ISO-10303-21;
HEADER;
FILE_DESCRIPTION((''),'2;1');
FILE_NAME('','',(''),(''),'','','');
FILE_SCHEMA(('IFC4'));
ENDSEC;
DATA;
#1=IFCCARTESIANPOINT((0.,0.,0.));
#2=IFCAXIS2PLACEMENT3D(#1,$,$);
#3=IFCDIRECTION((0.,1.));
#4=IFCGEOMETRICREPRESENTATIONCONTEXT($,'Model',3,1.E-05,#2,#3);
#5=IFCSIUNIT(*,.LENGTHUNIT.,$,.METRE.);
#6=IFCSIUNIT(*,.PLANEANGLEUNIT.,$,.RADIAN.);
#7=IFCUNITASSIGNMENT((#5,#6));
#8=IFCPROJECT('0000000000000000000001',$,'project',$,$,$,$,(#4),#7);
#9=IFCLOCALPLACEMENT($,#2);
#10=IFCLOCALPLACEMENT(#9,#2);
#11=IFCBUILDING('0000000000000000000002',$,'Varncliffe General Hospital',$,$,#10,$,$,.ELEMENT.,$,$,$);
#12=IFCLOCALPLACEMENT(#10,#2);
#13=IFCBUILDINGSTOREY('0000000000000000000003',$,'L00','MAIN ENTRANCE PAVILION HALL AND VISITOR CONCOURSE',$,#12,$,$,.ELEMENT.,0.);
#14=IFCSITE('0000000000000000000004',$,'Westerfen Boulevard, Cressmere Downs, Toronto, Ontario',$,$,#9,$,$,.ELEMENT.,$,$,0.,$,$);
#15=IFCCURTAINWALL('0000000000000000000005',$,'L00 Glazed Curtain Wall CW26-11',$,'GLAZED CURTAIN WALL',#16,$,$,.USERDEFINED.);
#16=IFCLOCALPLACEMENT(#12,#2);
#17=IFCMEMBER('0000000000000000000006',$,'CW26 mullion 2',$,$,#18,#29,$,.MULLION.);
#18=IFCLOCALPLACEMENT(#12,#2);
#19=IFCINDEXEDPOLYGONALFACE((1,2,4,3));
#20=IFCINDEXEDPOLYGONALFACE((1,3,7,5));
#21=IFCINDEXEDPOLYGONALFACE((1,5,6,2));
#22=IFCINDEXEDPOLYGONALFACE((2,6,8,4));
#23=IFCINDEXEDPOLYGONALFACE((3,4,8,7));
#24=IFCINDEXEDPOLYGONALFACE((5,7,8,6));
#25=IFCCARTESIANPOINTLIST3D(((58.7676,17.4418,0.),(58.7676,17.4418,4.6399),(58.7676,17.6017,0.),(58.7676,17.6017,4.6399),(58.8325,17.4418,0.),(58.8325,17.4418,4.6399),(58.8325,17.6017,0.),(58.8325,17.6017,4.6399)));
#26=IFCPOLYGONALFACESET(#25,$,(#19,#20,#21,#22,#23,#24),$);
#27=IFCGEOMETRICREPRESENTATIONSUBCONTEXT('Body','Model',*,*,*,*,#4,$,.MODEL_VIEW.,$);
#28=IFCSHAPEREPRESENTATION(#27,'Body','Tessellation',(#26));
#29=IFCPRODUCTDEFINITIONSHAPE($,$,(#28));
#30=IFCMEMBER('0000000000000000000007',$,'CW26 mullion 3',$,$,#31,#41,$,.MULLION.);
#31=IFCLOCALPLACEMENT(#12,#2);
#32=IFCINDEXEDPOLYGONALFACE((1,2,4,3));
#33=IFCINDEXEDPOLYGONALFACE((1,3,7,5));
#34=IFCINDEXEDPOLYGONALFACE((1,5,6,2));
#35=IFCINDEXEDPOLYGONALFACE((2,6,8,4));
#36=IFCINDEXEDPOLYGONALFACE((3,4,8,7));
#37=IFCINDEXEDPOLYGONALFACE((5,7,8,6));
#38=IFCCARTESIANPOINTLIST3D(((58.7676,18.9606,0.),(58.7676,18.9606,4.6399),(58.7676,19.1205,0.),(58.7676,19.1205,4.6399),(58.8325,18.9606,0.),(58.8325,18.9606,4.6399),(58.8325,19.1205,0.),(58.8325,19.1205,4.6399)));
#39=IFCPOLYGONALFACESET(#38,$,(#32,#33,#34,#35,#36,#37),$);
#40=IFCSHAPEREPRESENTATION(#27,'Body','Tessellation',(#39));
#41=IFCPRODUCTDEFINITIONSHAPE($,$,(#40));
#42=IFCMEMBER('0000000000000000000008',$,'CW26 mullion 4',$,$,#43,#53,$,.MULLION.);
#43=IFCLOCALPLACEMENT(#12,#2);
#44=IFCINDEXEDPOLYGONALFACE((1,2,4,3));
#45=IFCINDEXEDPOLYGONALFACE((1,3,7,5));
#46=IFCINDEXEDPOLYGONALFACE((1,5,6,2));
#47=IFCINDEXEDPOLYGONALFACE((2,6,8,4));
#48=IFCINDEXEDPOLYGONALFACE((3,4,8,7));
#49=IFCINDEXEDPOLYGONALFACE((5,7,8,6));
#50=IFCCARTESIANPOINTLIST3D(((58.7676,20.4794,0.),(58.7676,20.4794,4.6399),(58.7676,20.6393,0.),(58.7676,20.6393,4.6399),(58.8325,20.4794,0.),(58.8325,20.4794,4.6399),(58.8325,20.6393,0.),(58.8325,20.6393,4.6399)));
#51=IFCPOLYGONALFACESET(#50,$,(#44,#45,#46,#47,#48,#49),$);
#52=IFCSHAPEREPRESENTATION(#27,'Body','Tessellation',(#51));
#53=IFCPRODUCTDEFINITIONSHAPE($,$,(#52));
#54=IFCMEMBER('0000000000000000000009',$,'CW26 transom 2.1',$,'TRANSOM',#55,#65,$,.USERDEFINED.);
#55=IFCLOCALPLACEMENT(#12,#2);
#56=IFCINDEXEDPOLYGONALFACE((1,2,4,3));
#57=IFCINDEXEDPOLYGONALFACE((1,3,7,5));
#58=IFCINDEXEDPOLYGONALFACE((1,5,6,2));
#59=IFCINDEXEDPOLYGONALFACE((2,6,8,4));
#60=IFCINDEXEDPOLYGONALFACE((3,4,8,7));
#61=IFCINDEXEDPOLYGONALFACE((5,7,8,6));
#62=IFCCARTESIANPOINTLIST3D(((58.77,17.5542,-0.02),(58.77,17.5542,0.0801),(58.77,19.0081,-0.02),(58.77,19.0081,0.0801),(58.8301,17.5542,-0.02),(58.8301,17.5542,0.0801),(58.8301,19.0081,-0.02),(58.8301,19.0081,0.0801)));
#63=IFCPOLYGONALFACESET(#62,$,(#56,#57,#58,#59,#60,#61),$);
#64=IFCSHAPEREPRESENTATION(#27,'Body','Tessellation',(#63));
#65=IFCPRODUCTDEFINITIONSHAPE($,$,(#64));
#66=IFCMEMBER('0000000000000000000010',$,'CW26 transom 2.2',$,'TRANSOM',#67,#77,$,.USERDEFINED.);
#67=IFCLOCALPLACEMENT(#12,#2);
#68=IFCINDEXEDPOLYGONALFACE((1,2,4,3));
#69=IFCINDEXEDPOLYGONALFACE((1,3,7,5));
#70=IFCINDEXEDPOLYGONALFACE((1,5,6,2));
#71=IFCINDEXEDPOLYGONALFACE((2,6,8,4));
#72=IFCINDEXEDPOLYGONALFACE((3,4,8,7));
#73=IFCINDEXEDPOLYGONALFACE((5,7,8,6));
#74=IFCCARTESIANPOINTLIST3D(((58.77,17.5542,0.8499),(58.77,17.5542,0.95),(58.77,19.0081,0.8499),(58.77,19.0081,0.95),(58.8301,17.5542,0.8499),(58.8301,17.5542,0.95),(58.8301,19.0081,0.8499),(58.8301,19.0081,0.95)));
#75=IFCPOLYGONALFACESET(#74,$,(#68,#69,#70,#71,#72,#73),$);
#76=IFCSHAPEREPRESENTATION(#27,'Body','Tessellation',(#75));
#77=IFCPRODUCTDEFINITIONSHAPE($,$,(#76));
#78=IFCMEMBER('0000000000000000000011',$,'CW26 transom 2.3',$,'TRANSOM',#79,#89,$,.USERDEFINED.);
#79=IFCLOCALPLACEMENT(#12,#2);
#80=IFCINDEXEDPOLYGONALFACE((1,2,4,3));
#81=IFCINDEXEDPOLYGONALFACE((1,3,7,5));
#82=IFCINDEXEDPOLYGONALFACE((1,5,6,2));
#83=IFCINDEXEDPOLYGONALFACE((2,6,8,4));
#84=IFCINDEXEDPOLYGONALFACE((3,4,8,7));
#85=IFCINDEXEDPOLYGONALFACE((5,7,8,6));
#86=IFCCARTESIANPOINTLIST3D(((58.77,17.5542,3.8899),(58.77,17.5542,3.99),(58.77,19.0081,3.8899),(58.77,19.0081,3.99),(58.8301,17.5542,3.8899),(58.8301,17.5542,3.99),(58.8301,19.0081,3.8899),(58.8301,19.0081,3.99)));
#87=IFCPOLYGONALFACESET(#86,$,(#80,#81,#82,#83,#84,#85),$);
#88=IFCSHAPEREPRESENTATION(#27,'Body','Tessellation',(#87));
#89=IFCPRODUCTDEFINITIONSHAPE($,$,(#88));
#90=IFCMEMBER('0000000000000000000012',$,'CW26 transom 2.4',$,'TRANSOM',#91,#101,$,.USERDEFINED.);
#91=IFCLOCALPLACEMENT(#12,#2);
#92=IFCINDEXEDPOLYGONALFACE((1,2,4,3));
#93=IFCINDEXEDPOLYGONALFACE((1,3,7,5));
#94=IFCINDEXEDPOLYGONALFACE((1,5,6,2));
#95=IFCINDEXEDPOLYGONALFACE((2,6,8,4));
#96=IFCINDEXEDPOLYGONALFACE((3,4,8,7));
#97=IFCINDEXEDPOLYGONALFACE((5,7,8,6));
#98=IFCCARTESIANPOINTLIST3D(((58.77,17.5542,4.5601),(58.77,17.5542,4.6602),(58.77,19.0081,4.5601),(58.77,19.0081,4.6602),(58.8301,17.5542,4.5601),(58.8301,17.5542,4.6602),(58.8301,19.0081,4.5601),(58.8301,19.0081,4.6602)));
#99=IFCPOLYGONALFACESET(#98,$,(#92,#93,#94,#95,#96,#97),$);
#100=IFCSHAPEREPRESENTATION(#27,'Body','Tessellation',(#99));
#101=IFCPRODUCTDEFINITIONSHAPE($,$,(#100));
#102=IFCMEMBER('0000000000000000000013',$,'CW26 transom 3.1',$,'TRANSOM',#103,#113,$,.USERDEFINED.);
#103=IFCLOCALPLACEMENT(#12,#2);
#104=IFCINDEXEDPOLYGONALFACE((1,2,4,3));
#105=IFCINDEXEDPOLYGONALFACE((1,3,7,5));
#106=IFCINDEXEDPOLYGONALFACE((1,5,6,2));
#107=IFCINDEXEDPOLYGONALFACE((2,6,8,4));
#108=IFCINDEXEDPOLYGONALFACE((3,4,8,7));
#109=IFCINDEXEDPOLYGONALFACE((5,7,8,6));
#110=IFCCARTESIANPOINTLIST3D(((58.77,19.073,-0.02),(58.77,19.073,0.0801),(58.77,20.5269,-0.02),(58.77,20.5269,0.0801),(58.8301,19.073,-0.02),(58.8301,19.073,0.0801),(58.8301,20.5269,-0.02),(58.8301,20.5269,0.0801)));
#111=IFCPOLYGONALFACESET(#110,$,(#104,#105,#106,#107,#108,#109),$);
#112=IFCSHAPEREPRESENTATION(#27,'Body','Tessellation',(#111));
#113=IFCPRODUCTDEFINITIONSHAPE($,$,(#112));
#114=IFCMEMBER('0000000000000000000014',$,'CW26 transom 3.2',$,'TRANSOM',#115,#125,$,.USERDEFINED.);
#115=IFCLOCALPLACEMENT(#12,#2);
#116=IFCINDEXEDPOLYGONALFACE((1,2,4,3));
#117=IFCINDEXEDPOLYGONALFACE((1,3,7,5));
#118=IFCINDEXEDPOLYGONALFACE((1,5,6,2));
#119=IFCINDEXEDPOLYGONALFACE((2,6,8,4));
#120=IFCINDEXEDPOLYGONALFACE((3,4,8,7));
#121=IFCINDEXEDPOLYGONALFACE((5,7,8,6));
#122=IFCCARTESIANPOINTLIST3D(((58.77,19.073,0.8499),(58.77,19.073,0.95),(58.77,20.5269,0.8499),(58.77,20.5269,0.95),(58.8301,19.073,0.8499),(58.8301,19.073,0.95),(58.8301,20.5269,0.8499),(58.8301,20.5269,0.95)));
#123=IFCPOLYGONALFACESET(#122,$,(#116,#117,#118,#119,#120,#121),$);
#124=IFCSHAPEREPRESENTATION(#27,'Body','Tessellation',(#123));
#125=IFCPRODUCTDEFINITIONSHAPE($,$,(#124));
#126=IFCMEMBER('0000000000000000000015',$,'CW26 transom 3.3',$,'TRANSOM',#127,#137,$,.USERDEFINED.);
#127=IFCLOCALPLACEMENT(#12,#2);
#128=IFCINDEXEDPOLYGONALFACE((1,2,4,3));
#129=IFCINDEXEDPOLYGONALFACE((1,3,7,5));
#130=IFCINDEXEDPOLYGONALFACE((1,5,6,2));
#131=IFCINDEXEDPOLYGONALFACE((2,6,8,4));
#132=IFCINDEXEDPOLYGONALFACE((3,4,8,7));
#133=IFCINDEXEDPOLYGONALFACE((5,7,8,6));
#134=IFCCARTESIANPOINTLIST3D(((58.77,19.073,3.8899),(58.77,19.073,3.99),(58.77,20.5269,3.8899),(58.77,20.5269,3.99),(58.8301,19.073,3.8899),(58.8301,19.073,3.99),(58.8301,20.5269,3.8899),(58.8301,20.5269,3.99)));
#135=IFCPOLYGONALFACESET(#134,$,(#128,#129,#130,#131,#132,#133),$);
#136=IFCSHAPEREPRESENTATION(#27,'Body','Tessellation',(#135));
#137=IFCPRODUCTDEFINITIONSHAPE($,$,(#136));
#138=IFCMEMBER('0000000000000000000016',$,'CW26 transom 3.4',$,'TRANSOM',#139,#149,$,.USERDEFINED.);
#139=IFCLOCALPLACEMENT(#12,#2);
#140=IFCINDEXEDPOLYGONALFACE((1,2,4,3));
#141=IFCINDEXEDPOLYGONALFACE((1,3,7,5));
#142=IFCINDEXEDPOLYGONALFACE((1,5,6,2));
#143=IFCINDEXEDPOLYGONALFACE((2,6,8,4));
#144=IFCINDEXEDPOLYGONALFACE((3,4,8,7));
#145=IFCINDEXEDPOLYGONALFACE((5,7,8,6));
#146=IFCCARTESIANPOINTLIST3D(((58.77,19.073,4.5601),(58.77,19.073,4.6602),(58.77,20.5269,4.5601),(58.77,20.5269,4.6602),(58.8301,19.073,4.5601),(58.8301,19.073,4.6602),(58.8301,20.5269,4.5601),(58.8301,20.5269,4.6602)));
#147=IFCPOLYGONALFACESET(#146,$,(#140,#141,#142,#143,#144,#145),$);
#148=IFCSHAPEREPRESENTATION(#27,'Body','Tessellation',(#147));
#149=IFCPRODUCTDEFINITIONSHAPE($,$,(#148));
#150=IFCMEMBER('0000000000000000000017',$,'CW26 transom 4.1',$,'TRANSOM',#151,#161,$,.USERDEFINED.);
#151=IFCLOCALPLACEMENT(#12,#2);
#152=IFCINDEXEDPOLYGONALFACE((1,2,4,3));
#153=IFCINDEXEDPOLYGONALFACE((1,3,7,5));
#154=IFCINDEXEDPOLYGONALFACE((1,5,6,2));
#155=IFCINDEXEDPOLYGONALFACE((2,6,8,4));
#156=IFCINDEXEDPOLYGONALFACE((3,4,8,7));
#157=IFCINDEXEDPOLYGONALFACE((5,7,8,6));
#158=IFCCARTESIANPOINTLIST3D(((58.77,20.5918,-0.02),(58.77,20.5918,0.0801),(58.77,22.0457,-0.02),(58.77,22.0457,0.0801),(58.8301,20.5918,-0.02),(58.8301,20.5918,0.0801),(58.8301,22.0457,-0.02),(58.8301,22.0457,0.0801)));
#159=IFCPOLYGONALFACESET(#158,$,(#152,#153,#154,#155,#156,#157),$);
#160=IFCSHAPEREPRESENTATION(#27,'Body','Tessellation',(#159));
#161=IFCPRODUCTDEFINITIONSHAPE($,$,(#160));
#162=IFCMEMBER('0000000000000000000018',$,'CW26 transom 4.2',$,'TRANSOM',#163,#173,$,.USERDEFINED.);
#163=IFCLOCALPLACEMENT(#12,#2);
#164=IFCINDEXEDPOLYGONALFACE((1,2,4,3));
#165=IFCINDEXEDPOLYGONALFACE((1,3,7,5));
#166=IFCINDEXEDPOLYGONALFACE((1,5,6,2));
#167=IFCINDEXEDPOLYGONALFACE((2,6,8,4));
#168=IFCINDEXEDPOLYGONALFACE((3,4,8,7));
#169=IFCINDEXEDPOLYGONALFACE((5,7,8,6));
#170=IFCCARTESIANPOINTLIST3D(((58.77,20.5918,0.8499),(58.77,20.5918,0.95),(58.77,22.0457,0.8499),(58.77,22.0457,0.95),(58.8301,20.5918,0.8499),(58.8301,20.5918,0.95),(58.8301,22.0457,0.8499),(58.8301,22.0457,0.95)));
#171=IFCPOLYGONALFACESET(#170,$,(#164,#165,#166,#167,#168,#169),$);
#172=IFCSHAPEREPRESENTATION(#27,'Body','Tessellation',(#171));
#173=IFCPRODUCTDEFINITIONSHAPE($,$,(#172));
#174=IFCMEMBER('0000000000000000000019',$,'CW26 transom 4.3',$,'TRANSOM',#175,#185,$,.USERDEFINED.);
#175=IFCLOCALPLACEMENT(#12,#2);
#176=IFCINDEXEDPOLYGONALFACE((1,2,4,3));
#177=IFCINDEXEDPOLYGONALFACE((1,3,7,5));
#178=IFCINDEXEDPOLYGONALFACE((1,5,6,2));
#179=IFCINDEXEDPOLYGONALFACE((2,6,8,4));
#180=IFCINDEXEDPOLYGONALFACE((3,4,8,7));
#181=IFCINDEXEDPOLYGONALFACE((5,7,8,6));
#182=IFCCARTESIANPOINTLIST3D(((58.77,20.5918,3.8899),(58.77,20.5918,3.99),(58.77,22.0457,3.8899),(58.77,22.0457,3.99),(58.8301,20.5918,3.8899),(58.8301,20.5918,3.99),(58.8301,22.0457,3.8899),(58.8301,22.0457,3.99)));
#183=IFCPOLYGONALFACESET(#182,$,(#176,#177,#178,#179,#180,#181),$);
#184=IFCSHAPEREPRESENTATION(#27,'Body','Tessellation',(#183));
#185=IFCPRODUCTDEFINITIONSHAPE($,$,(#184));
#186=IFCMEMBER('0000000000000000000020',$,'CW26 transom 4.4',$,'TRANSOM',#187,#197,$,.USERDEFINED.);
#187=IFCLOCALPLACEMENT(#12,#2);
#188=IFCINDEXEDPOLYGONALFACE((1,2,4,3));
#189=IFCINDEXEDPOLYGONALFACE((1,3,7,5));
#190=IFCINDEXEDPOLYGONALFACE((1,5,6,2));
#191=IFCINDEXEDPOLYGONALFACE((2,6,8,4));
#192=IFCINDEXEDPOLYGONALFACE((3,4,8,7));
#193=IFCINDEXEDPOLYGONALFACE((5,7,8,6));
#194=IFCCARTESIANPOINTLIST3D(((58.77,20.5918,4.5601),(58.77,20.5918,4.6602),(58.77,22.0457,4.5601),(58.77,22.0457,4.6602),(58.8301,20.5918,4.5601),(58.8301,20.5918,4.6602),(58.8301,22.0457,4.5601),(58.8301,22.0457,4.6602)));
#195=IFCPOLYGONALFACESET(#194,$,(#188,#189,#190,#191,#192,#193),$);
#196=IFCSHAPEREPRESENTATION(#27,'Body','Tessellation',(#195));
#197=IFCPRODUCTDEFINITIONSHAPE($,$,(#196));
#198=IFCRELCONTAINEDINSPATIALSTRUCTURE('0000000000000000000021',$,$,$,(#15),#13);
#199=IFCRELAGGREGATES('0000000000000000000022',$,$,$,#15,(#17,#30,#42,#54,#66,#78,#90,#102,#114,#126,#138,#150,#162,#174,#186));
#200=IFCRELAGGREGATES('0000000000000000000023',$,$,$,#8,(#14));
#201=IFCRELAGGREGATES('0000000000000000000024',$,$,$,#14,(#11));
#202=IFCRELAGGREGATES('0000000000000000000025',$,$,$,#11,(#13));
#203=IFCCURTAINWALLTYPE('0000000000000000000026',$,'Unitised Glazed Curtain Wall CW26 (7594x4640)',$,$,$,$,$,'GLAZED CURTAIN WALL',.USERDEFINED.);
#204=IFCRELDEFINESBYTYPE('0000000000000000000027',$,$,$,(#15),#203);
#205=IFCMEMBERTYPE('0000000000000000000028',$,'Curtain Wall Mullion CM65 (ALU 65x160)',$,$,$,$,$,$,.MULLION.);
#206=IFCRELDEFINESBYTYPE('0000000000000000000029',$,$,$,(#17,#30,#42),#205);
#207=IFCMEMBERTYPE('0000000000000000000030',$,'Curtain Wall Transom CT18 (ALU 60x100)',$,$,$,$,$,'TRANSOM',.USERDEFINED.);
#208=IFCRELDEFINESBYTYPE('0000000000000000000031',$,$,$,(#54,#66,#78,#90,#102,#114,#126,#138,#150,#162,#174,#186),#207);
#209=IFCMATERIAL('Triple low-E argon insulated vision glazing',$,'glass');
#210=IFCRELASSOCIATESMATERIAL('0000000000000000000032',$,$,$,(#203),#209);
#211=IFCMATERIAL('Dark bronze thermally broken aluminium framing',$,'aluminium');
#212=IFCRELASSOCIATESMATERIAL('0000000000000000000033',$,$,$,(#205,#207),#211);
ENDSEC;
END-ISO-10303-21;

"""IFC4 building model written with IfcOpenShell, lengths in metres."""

from ifc_helpers import new_model, si_unit, direction, frame, origin, origin_2d, place, context, subcontext, project, spatial, rectangle, extrude, material, material_profile, profile_set, type_object, element, aggregate, save


model = new_model("IFC4")

# Units and contexts
model_context = context("Model", 3, precision=1e-05, world=origin(), true_north=direction((0.0, 1.0)))
body_context = subcontext(model_context, "Body", "Model", "MODEL_VIEW")
ifc_project = project(units=[si_unit("LENGTHUNIT", "METRE"), si_unit("PLANEANGLEUNIT", "RADIAN")], contexts=[model_context])

# Site, building, storey
site_placement = place(None, origin())
site = spatial("IfcSite", under=ifc_project, at=site_placement, Name="Westerfen Boulevard, Cressmere Downs, Toronto, Ontario", CompositionType="ELEMENT", RefElevation=0.0)
building_placement = place(site_placement, origin())
building = spatial("IfcBuilding", under=site, at=building_placement, Name="Varncliffe General Hospital", CompositionType="ELEMENT")
storey_placement = place(building_placement, origin())
storey = spatial("IfcBuildingStorey", under=building, at=storey_placement, Name="L00", Description="MAIN ENTRANCE PAVILION HALL AND VISITOR CONCOURSE", CompositionType="ELEMENT", Elevation=0.0)

# Curtain wall, members
ifc_material_1 = material(Name="Triple low-E argon insulated vision glazing", Category="glass")
curtain_wall_type = type_object("IfcCurtainWallType", Name="Unitised Glazed Curtain Wall CW26 (7594x4640)", ElementType="GLAZED CURTAIN WALL", PredefinedType="USERDEFINED", material=ifc_material_1)
curtain_wall_placement = place(storey_placement, origin())
curtain_wall = element("IfcCurtainWall", 1, at=curtain_wall_placement, inside=storey, type_object=curtain_wall_type, Name="L00 Glazed Curtain Wall CW26-11", ObjectType="GLAZED CURTAIN WALL", PredefinedType="USERDEFINED")
ifc_material_2 = material(Name="Dark bronze thermally broken aluminium framing", Category="aluminium")
ifc_material_profile_1 = material_profile(ifc_material_2, rectangle(XDim=0.0649, YDim=0.1599, at=origin_2d()), Name="ALU 65x160")
ifc_profile_set_1 = profile_set([ifc_material_profile_1], Name="Dark bronze thermally broken aluminium framing")
member_type_1 = type_object("IfcMemberType", Name="Curtain Wall Mullion CM65 (ALU 65x160)", PredefinedType="MULLION", material=ifc_profile_set_1)
member_1_placement = place(storey_placement, frame((58.8, 17.5217, 0.0), z_axis=(0.0, 0.0, 1.0), x_axis=(-1.0, 0.0, 0.0)))
member_1 = element("IfcMember", 2, at=member_1_placement, type_object=member_type_1, Name="CW26 mullion 2", PredefinedType="MULLION", context=body_context, shape_type="SweptSolid", body=[
    extrude(rectangle(XDim=0.0649, YDim=0.1599, at=origin_2d()), origin(), (0.0, 0.0, 1.0), 4.6399),
])
member_2_placement = place(storey_placement, frame((58.8, 19.0405, 0.0), z_axis=(0.0, 0.0, 1.0), x_axis=(-1.0, 0.0, 0.0)))
member_2 = element("IfcMember", 3, at=member_2_placement, type_object=member_type_1, Name="CW26 mullion 3", PredefinedType="MULLION", context=body_context, shape_type="SweptSolid", body=[
    extrude(rectangle(XDim=0.0649, YDim=0.1599, at=origin_2d()), origin(), (0.0, 0.0, 1.0), 4.6399),
])
member_3_placement = place(storey_placement, frame((58.8, 20.5593, 0.0), z_axis=(0.0, 0.0, 1.0), x_axis=(-1.0, 0.0, 0.0)))
member_3 = element("IfcMember", 4, at=member_3_placement, type_object=member_type_1, Name="CW26 mullion 4", PredefinedType="MULLION", context=body_context, shape_type="SweptSolid", body=[
    extrude(rectangle(XDim=0.0649, YDim=0.1599, at=origin_2d()), origin(), (0.0, 0.0, 1.0), 4.6399),
])
ifc_material_profile_2 = material_profile(ifc_material_2, rectangle(XDim=0.0601, YDim=0.1001, at=origin_2d()), Name="ALU 60x100")
ifc_profile_set_2 = profile_set([ifc_material_profile_2], Name="Dark bronze thermally broken aluminium framing")
member_type_2 = type_object("IfcMemberType", Name="Curtain Wall Transom CT18 (ALU 60x100)", ElementType="TRANSOM", PredefinedType="USERDEFINED", material=ifc_profile_set_2)
member_4_placement = place(storey_placement, frame((58.8, 17.5542, 0.03), z_axis=(0.0, 1.0, 0.0), x_axis=(-1.0, 0.0, 0.0)))
member_4 = element("IfcMember", 5, at=member_4_placement, type_object=member_type_2, Name="CW26 transom 2.1", ObjectType="TRANSOM", PredefinedType="USERDEFINED", context=body_context, shape_type="SweptSolid", body=[
    extrude(rectangle(XDim=0.0601, YDim=0.1001, at=origin_2d()), origin(), (0.0, 0.0, 1.0), 1.4539),
])
member_5_placement = place(storey_placement, frame((58.8, 17.5542, 0.8999), z_axis=(0.0, 1.0, 0.0), x_axis=(-1.0, 0.0, 0.0)))
member_5 = element("IfcMember", 6, at=member_5_placement, type_object=member_type_2, Name="CW26 transom 2.2", ObjectType="TRANSOM", PredefinedType="USERDEFINED", context=body_context, shape_type="SweptSolid", body=[
    extrude(rectangle(XDim=0.0601, YDim=0.1001, at=origin_2d()), origin(), (0.0, 0.0, 1.0), 1.4539),
])
member_6_placement = place(storey_placement, frame((58.8, 17.5542, 3.9399), z_axis=(0.0, 1.0, 0.0), x_axis=(-1.0, 0.0, 0.0)))
member_6 = element("IfcMember", 7, at=member_6_placement, type_object=member_type_2, Name="CW26 transom 2.3", ObjectType="TRANSOM", PredefinedType="USERDEFINED", context=body_context, shape_type="SweptSolid", body=[
    extrude(rectangle(XDim=0.0601, YDim=0.1001, at=origin_2d()), origin(), (0.0, 0.0, 1.0), 1.4539),
])
member_7_placement = place(storey_placement, frame((58.8, 17.5542, 4.6101), z_axis=(0.0, 1.0, 0.0), x_axis=(-1.0, 0.0, 0.0)))
member_7 = element("IfcMember", 8, at=member_7_placement, type_object=member_type_2, Name="CW26 transom 2.4", ObjectType="TRANSOM", PredefinedType="USERDEFINED", context=body_context, shape_type="SweptSolid", body=[
    extrude(rectangle(XDim=0.0601, YDim=0.1001, at=origin_2d()), origin(), (0.0, 0.0, 1.0), 1.4539),
])
member_8_placement = place(storey_placement, frame((58.8, 19.073, 0.03), z_axis=(0.0, 1.0, 0.0), x_axis=(-1.0, 0.0, 0.0)))
member_8 = element("IfcMember", 9, at=member_8_placement, type_object=member_type_2, Name="CW26 transom 3.1", ObjectType="TRANSOM", PredefinedType="USERDEFINED", context=body_context, shape_type="SweptSolid", body=[
    extrude(rectangle(XDim=0.0601, YDim=0.1001, at=origin_2d()), origin(), (0.0, 0.0, 1.0), 1.4539),
])
member_9_placement = place(storey_placement, frame((58.8, 19.073, 0.8999), z_axis=(0.0, 1.0, 0.0), x_axis=(-1.0, 0.0, 0.0)))
member_9 = element("IfcMember", 10, at=member_9_placement, type_object=member_type_2, Name="CW26 transom 3.2", ObjectType="TRANSOM", PredefinedType="USERDEFINED", context=body_context, shape_type="SweptSolid", body=[
    extrude(rectangle(XDim=0.0601, YDim=0.1001, at=origin_2d()), origin(), (0.0, 0.0, 1.0), 1.4539),
])
member_10_placement = place(storey_placement, frame((58.8, 19.073, 3.9399), z_axis=(0.0, 1.0, 0.0), x_axis=(-1.0, 0.0, 0.0)))
member_10 = element("IfcMember", 11, at=member_10_placement, type_object=member_type_2, Name="CW26 transom 3.3", ObjectType="TRANSOM", PredefinedType="USERDEFINED", context=body_context, shape_type="SweptSolid", body=[
    extrude(rectangle(XDim=0.0601, YDim=0.1001, at=origin_2d()), origin(), (0.0, 0.0, 1.0), 1.4539),
])
member_11_placement = place(storey_placement, frame((58.8, 19.073, 4.6101), z_axis=(0.0, 1.0, 0.0), x_axis=(-1.0, 0.0, 0.0)))
member_11 = element("IfcMember", 12, at=member_11_placement, type_object=member_type_2, Name="CW26 transom 3.4", ObjectType="TRANSOM", PredefinedType="USERDEFINED", context=body_context, shape_type="SweptSolid", body=[
    extrude(rectangle(XDim=0.0601, YDim=0.1001, at=origin_2d()), origin(), (0.0, 0.0, 1.0), 1.4539),
])
member_12_placement = place(storey_placement, frame((58.8, 20.5918, 0.03), z_axis=(0.0, 1.0, 0.0), x_axis=(-1.0, 0.0, 0.0)))
member_12 = element("IfcMember", 13, at=member_12_placement, type_object=member_type_2, Name="CW26 transom 4.1", ObjectType="TRANSOM", PredefinedType="USERDEFINED", context=body_context, shape_type="SweptSolid", body=[
    extrude(rectangle(XDim=0.0601, YDim=0.1001, at=origin_2d()), origin(), (0.0, 0.0, 1.0), 1.4539),
])
member_13_placement = place(storey_placement, frame((58.8, 20.5918, 0.8999), z_axis=(0.0, 1.0, 0.0), x_axis=(-1.0, 0.0, 0.0)))
member_13 = element("IfcMember", 14, at=member_13_placement, type_object=member_type_2, Name="CW26 transom 4.2", ObjectType="TRANSOM", PredefinedType="USERDEFINED", context=body_context, shape_type="SweptSolid", body=[
    extrude(rectangle(XDim=0.0601, YDim=0.1001, at=origin_2d()), origin(), (0.0, 0.0, 1.0), 1.4539),
])
member_14_placement = place(storey_placement, frame((58.8, 20.5918, 3.9399), z_axis=(0.0, 1.0, 0.0), x_axis=(-1.0, 0.0, 0.0)))
member_14 = element("IfcMember", 15, at=member_14_placement, type_object=member_type_2, Name="CW26 transom 4.3", ObjectType="TRANSOM", PredefinedType="USERDEFINED", context=body_context, shape_type="SweptSolid", body=[
    extrude(rectangle(XDim=0.0601, YDim=0.1001, at=origin_2d()), origin(), (0.0, 0.0, 1.0), 1.4539),
])
member_15_placement = place(storey_placement, frame((58.8, 20.5918, 4.6101), z_axis=(0.0, 1.0, 0.0), x_axis=(-1.0, 0.0, 0.0)))
member_15 = element("IfcMember", 16, at=member_15_placement, type_object=member_type_2, Name="CW26 transom 4.4", ObjectType="TRANSOM", PredefinedType="USERDEFINED", context=body_context, shape_type="SweptSolid", body=[
    extrude(rectangle(XDim=0.0601, YDim=0.1001, at=origin_2d()), origin(), (0.0, 0.0, 1.0), 1.4539),
])
aggregate(curtain_wall, [member_1, member_2, member_3, member_4, member_5, member_6, member_7, member_8, member_9, member_10, member_11, member_12, member_13, member_14, member_15])

save(model, "model.ifc")
